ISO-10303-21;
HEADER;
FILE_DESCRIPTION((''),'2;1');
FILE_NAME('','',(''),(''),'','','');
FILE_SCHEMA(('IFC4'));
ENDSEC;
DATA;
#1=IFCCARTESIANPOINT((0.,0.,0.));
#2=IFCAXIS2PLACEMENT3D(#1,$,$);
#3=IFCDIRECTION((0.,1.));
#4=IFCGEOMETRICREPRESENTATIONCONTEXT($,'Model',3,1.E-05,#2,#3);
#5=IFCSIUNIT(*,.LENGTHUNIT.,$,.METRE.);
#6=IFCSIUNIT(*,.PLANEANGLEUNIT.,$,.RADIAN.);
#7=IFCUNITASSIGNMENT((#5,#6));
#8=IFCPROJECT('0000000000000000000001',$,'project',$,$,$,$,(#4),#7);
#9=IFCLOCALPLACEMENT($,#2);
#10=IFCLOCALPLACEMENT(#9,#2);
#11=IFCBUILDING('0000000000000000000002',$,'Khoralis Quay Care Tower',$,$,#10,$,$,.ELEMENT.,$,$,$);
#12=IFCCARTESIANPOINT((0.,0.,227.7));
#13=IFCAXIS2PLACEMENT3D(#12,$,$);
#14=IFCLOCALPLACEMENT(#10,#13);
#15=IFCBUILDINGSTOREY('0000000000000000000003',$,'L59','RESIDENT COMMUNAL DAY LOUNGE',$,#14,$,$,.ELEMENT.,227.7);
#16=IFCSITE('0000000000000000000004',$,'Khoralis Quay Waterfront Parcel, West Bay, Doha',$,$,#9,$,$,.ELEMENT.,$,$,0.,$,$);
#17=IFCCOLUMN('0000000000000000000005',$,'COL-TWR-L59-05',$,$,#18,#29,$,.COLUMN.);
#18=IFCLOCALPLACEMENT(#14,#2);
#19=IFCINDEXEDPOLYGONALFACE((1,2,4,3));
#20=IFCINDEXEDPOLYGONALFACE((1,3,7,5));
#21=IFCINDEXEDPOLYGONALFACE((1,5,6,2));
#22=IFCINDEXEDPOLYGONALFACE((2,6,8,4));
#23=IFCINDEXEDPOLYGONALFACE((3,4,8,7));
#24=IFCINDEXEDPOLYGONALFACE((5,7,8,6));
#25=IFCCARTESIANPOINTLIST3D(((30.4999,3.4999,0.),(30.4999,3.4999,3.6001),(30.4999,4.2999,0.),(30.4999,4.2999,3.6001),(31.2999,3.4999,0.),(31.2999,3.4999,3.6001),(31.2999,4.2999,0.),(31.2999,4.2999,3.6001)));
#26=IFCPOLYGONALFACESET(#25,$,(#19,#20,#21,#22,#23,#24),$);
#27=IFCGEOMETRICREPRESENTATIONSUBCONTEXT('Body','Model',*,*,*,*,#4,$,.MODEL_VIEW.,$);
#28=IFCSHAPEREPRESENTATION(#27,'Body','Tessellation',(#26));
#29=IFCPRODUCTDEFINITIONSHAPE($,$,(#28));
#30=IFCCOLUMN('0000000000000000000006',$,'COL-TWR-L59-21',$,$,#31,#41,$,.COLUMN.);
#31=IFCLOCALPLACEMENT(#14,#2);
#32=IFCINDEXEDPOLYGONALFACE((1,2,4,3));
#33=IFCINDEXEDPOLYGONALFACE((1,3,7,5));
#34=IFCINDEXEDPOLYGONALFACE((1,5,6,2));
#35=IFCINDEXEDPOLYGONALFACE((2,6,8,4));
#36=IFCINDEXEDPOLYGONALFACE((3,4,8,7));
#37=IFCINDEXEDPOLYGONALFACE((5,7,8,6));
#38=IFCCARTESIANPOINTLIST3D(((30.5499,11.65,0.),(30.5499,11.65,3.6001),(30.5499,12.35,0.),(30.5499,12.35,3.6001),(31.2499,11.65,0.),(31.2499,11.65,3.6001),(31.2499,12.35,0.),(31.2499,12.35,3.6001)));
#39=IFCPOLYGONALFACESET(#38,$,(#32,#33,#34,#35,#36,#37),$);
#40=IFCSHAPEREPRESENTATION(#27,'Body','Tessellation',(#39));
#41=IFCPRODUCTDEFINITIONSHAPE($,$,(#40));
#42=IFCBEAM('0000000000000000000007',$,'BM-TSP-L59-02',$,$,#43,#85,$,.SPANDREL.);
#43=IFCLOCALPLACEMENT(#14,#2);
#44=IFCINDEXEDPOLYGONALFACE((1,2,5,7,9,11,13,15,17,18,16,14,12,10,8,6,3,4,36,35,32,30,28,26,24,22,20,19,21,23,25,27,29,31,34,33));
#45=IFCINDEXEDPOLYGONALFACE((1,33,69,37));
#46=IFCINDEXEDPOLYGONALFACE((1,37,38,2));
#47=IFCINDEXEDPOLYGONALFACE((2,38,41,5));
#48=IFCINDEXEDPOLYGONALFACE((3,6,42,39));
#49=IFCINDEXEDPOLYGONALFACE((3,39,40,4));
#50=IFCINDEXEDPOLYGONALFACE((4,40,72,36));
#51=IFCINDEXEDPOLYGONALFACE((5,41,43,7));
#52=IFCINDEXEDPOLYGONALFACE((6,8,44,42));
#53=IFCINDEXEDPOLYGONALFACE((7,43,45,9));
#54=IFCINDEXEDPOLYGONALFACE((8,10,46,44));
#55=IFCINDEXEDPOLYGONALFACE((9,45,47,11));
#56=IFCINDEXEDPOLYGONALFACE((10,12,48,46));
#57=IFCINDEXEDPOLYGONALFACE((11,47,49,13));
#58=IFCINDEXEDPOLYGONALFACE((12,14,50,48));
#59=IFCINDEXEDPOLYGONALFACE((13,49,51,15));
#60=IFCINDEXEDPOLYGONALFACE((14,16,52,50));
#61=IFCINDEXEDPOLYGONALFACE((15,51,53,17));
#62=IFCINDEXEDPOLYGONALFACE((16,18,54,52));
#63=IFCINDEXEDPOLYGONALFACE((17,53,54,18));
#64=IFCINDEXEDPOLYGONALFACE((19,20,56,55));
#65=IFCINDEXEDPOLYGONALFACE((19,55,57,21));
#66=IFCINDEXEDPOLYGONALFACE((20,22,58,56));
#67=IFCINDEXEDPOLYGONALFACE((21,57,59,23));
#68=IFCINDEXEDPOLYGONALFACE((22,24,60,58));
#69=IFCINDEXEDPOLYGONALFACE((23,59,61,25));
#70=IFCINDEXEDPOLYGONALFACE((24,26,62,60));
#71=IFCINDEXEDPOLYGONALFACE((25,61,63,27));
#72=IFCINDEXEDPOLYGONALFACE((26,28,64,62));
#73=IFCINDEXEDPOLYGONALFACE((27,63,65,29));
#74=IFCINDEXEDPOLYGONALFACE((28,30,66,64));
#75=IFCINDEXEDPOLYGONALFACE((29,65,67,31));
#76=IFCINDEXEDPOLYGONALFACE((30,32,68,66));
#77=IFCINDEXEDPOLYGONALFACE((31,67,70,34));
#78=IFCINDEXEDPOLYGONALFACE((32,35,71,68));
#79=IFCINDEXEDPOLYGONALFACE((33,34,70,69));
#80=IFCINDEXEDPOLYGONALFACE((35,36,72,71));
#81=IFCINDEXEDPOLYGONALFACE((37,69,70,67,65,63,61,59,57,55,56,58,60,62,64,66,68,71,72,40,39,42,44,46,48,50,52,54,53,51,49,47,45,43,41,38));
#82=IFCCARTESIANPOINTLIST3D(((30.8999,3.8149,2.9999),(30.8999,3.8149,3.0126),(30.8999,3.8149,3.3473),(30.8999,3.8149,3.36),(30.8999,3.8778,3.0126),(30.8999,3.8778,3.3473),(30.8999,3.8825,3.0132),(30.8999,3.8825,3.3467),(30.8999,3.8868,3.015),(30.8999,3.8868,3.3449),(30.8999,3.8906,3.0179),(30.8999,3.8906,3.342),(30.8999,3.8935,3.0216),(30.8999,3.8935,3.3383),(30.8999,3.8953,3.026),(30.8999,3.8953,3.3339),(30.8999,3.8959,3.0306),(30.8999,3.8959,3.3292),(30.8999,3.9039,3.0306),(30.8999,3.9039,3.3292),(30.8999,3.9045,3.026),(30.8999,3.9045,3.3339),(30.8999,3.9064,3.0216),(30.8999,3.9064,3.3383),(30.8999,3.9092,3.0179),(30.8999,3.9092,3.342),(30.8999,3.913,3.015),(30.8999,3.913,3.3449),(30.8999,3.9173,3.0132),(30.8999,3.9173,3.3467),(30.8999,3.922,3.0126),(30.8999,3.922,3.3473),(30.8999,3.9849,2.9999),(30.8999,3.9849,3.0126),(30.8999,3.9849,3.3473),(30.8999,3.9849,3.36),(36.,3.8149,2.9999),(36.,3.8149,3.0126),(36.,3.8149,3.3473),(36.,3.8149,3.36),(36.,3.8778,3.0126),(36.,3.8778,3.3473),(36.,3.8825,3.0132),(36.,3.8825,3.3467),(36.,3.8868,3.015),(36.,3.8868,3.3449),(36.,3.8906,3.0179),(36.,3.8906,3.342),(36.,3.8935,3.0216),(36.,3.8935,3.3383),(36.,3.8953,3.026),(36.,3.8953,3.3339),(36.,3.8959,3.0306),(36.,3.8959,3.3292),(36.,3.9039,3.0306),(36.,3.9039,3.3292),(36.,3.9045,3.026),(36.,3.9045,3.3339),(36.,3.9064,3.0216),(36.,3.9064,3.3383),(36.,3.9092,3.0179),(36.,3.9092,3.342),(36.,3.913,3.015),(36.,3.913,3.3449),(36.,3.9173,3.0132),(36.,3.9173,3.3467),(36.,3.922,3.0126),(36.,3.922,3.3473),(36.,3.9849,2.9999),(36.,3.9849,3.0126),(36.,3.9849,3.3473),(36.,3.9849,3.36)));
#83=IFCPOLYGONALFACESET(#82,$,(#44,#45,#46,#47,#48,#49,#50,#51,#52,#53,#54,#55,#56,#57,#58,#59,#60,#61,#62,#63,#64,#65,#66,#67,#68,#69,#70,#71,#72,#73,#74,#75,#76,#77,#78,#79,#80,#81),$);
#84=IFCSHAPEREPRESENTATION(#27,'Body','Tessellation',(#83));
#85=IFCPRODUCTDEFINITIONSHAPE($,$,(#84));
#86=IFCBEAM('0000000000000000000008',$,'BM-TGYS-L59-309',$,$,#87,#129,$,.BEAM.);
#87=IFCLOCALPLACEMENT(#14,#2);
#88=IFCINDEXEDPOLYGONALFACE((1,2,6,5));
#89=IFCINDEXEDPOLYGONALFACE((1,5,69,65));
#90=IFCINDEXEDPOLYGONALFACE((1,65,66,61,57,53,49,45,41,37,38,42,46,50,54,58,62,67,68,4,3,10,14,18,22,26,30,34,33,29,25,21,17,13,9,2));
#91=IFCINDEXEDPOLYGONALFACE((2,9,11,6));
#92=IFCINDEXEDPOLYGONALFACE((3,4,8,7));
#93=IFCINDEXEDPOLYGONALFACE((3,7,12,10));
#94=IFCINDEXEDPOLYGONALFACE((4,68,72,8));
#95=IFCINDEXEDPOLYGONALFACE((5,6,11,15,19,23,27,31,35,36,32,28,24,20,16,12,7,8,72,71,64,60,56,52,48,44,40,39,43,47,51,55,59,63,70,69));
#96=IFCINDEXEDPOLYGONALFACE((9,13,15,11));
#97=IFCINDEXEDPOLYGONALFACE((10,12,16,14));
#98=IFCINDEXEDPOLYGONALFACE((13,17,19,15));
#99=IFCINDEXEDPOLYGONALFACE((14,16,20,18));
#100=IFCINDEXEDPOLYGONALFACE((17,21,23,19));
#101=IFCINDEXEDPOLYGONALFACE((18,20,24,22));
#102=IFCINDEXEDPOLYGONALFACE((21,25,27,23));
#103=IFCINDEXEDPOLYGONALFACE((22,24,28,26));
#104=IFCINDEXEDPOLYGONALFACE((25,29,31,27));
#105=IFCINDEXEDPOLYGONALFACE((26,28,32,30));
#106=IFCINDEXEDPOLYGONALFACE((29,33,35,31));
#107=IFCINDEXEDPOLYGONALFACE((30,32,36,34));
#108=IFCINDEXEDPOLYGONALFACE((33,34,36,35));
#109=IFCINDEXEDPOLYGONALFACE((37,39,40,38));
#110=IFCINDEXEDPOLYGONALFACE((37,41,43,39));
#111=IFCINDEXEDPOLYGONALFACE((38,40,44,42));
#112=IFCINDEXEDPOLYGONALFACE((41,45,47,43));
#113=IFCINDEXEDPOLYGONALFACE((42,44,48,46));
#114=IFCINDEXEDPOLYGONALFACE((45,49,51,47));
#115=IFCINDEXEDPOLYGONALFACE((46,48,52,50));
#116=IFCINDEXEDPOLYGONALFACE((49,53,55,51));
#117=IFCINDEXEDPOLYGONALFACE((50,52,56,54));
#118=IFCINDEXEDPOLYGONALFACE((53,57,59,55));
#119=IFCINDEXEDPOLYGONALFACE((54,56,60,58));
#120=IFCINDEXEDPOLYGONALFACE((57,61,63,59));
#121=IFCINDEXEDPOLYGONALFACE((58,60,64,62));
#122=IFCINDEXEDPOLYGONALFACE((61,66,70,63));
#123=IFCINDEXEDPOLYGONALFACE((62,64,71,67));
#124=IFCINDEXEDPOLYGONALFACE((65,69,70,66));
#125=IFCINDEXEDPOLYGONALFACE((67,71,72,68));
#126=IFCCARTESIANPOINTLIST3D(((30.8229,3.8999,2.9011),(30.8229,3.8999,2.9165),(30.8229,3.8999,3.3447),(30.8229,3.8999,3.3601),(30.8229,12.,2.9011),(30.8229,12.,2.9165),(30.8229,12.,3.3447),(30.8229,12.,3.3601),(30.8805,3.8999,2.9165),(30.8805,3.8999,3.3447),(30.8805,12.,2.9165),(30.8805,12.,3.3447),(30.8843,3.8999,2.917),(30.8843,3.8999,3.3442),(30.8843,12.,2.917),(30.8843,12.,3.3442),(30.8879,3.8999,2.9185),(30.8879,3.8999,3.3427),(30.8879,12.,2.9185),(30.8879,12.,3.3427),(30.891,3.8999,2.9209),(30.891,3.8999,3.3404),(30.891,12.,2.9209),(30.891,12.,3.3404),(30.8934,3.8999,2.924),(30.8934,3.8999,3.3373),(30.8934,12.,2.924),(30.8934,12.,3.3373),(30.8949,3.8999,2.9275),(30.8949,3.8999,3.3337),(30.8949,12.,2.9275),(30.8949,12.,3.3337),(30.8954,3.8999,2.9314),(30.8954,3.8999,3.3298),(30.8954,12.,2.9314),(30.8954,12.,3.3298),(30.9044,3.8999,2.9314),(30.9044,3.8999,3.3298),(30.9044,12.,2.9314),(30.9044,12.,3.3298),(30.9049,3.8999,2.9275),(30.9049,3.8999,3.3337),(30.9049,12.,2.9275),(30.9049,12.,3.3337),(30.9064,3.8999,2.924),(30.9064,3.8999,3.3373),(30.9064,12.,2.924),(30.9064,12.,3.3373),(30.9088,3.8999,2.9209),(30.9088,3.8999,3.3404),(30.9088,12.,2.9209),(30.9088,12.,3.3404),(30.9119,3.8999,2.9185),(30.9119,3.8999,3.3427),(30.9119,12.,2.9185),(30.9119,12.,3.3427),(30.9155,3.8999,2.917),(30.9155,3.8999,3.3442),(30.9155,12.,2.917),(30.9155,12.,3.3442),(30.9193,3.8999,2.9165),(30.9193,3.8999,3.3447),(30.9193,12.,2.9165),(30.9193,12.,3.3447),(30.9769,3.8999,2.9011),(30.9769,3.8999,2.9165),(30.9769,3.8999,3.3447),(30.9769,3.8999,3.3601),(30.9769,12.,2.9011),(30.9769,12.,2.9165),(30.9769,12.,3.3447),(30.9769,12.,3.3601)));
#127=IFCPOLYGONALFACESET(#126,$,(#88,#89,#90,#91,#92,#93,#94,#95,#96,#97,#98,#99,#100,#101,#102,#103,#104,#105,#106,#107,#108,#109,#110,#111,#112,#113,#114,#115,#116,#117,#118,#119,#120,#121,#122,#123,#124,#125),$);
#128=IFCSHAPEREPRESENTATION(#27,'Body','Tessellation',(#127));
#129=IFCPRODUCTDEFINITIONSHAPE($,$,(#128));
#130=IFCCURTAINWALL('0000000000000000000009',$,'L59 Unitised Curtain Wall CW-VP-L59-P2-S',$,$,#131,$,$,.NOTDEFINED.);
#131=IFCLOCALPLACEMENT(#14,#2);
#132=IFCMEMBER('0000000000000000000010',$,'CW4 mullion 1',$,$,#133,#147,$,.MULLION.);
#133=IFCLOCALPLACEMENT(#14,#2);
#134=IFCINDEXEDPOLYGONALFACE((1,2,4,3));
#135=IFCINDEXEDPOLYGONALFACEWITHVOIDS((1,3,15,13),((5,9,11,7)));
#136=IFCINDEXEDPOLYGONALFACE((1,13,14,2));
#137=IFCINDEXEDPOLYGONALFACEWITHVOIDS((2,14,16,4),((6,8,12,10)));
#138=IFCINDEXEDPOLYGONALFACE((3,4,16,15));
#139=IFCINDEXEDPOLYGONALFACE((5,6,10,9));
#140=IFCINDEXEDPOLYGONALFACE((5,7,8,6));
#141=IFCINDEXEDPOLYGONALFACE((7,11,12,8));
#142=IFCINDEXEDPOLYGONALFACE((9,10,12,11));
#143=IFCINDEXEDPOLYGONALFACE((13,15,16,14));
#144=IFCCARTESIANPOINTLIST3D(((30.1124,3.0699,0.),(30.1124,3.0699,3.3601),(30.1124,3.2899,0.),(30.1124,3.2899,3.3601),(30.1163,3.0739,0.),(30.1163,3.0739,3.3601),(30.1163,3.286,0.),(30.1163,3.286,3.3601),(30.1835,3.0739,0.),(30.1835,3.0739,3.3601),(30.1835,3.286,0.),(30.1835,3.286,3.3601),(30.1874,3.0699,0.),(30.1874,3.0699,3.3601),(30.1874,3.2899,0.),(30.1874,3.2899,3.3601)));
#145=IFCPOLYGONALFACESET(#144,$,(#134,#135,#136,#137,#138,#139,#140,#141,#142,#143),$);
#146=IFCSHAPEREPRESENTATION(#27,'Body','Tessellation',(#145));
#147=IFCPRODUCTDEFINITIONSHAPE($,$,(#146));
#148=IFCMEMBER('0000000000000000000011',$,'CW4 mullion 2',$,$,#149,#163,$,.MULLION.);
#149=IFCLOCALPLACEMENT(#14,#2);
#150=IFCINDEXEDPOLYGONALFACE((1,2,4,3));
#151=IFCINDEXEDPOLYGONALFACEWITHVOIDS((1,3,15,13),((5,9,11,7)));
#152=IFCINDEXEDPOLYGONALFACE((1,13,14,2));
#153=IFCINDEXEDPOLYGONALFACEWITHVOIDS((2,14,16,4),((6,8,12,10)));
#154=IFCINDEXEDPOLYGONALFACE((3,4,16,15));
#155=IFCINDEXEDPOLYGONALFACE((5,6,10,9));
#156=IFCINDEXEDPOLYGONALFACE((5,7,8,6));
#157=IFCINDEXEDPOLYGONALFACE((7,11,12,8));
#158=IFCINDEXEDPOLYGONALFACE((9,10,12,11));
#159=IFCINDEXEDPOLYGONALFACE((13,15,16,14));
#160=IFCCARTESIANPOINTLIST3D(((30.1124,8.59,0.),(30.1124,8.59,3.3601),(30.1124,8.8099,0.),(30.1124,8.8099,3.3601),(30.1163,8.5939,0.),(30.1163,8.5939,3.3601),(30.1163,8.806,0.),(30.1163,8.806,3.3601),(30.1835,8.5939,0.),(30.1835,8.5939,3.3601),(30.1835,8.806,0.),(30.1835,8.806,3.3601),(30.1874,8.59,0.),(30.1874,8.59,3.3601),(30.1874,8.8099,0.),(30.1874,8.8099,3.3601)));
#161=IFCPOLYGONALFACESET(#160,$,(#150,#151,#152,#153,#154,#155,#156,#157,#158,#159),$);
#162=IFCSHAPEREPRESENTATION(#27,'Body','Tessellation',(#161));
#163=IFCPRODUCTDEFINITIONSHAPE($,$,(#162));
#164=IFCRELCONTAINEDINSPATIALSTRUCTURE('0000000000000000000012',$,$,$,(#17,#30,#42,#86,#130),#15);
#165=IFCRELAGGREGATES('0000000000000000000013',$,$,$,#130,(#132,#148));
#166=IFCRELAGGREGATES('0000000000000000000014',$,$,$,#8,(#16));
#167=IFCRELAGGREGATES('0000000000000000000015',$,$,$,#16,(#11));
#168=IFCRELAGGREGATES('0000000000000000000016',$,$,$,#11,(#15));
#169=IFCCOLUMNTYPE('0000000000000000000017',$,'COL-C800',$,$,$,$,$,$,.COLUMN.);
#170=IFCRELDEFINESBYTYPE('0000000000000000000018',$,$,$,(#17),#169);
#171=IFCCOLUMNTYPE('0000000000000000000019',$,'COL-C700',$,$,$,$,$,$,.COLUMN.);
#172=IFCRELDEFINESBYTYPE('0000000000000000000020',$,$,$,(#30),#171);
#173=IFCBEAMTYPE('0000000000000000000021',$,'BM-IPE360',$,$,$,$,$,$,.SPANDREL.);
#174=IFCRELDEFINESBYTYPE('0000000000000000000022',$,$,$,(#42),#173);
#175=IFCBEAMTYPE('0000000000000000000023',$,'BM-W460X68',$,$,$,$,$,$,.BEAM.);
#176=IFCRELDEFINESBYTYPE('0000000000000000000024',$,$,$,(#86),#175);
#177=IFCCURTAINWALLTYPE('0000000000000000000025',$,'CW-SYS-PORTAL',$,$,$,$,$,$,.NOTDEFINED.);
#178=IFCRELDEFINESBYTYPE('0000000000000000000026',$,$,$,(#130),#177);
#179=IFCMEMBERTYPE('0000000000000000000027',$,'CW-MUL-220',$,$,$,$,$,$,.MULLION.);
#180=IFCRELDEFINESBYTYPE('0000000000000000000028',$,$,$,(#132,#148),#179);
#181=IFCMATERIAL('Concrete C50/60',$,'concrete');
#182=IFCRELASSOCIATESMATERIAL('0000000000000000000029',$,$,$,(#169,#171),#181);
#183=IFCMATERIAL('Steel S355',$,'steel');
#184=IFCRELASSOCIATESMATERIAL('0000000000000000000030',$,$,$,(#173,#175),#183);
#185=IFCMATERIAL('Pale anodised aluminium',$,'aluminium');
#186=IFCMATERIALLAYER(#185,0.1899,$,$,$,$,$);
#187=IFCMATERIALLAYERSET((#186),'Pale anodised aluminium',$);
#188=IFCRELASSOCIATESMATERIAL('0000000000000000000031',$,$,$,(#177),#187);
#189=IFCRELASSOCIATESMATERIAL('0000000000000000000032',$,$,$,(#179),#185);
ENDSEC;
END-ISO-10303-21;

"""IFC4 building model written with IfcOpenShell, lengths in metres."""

from ifc_helpers import new_model, si_unit, direction, frame, origin, origin_2d, place, context, subcontext, project, spatial, rectangle, hollow_rectangle, i_section, extrude, source, transform, mapped, material, layer, layer_set, material_profile, profile_set, type_object, element, aggregate, save


model = new_model("IFC4")

# Units and contexts
model_context = context("Model", 3, precision=1e-05, world=origin(), true_north=direction((0.0, 1.0)))
body_context = subcontext(model_context, "Body", "Model", "MODEL_VIEW")
ifc_project = project(units=[si_unit("LENGTHUNIT", "METRE"), si_unit("PLANEANGLEUNIT", "RADIAN")], contexts=[model_context])

# Site, building, storey
site_placement = place(None, origin())
site = spatial("IfcSite", under=ifc_project, at=site_placement, Name="Khoralis Quay Waterfront Parcel, West Bay, Doha", CompositionType="ELEMENT", RefElevation=0.0)
building_placement = place(site_placement, origin())
building = spatial("IfcBuilding", under=site, at=building_placement, Name="Khoralis Quay Care Tower", CompositionType="ELEMENT")
storey_placement = place(building_placement, frame((0.0, 0.0, 227.7)))
storey = spatial("IfcBuildingStorey", under=building, at=storey_placement, Name="L59", Description="RESIDENT COMMUNAL DAY LOUNGE", CompositionType="ELEMENT", Elevation=227.7)

# Columns
ifc_material_1 = material(Name="Concrete C50/60", Category="concrete")
ifc_material_profile_1 = material_profile(ifc_material_1, rectangle(XDim=0.8, YDim=0.8, at=origin_2d()), Name="Concrete C50/60")
ifc_profile_set_1 = profile_set([ifc_material_profile_1], Name="Concrete C50/60")
column_type_1 = type_object("IfcColumnType", Name="COL-C800", PredefinedType="COLUMN", material=ifc_profile_set_1)
shared_shape_1 = source(origin(), body_context, "Body", "SweptSolid", [
    extrude(rectangle(XDim=0.8, YDim=0.8, at=origin_2d()), origin(), (0.0, 0.0, 1.0), 3.6001),
])
column_1_placement = place(storey_placement, frame((30.8999, 3.8999, 0.0), z_axis=(0.0, 0.0, 1.0), x_axis=(1.0, 0.0, 0.0)))
element("IfcColumn", 1, at=column_1_placement, inside=storey, type_object=column_type_1, Name="COL-TWR-L59-05", PredefinedType="COLUMN", context=body_context, shape_type="MappedRepresentation", body=[
    mapped(shared_shape_1, transform((0.0, 0.0, 0.0), scale=1.0)),
])
ifc_material_profile_2 = material_profile(ifc_material_1, rectangle(XDim=0.7, YDim=0.7, at=origin_2d()), Name="Concrete C50/60")
ifc_profile_set_2 = profile_set([ifc_material_profile_2], Name="Concrete C50/60")
column_type_2 = type_object("IfcColumnType", Name="COL-C700", PredefinedType="COLUMN", material=ifc_profile_set_2)
shared_shape_2 = source(origin(), body_context, "Body", "SweptSolid", [
    extrude(rectangle(XDim=0.7, YDim=0.7, at=origin_2d()), origin(), (0.0, 0.0, 1.0), 3.6001),
])
column_2_placement = place(storey_placement, frame((30.8999, 12.0, 0.0), z_axis=(0.0, 0.0, 1.0), x_axis=(1.0, 0.0, 0.0)))
element("IfcColumn", 2, at=column_2_placement, inside=storey, type_object=column_type_2, Name="COL-TWR-L59-21", PredefinedType="COLUMN", context=body_context, shape_type="MappedRepresentation", body=[
    mapped(shared_shape_2, transform((0.0, 0.0, 0.0), scale=1.0)),
])

# Beams
ifc_material_2 = material(Name="Steel S355", Category="steel")
ifc_material_profile_3 = material_profile(ifc_material_2, i_section(OverallWidth=0.1699, OverallDepth=0.3601, WebThickness=0.0081, FlangeThickness=0.0127, FilletRadius=0.0181, at=origin_2d()), Name="Steel S355")
ifc_profile_set_3 = profile_set([ifc_material_profile_3], Name="Steel S355")
beam_type_1 = type_object("IfcBeamType", Name="BM-IPE360", PredefinedType="SPANDREL", material=ifc_profile_set_3)
shared_shape_3 = source(origin(), body_context, "Body", "SweptSolid", [
    extrude(i_section(OverallWidth=0.1699, OverallDepth=0.3601, WebThickness=0.0081, FlangeThickness=0.0127, FilletRadius=0.0181, at=origin_2d()), origin(), (0.0, 0.0, 1.0), 5.1001),
])
beam_1_placement = place(storey_placement, frame((30.8999, 3.8999, 3.1799), z_axis=(1.0, 0.0, 0.0), x_axis=(0.0, 1.0, 0.0)))
element("IfcBeam", 3, at=beam_1_placement, inside=storey, type_object=beam_type_1, Name="BM-TSP-L59-02", PredefinedType="SPANDREL", context=body_context, shape_type="MappedRepresentation", body=[
    mapped(shared_shape_3, transform((0.0, 0.0, 0.0), scale=1.0)),
])
ifc_material_profile_4 = material_profile(ifc_material_2, i_section(OverallWidth=0.1541, OverallDepth=0.459, WebThickness=0.009, FlangeThickness=0.0154, FilletRadius=0.0149, at=origin_2d()), Name="Steel S355")
ifc_profile_set_4 = profile_set([ifc_material_profile_4], Name="Steel S355")
beam_type_2 = type_object("IfcBeamType", Name="BM-W460X68", PredefinedType="BEAM", material=ifc_profile_set_4)
shared_shape_4 = source(origin(), body_context, "Body", "SweptSolid", [
    extrude(i_section(OverallWidth=0.1541, OverallDepth=0.459, WebThickness=0.009, FlangeThickness=0.0154, FilletRadius=0.0149, at=origin_2d()), origin(), (0.0, 0.0, 1.0), 8.1001),
])
beam_2_placement = place(storey_placement, frame((30.8999, 3.8999, 3.1306), z_axis=(0.0, 1.0, 0.0), x_axis=(-1.0, 0.0, 0.0)))
element("IfcBeam", 4, at=beam_2_placement, inside=storey, type_object=beam_type_2, Name="BM-TGYS-L59-309", PredefinedType="BEAM", context=body_context, shape_type="MappedRepresentation", body=[
    mapped(shared_shape_4, transform((0.0, 0.0, 0.0), scale=1.0)),
])

# Curtain wall, members
ifc_material_3 = material(Name="Pale anodised aluminium", Category="aluminium")
ifc_layer_1 = layer(ifc_material_3, 0.1899)
ifc_layer_set_1 = layer_set([ifc_layer_1], Name="Pale anodised aluminium")
curtain_wall_type = type_object("IfcCurtainWallType", Name="CW-SYS-PORTAL", PredefinedType="NOTDEFINED", material=ifc_layer_set_1)
curtain_wall_placement = place(storey_placement, origin())
curtain_wall = element("IfcCurtainWall", 5, at=curtain_wall_placement, inside=storey, type_object=curtain_wall_type, Name="L59 Unitised Curtain Wall CW-VP-L59-P2-S", PredefinedType="NOTDEFINED")
ifc_material_profile_5 = material_profile(ifc_material_3, hollow_rectangle(XDim=0.075, YDim=0.22, WallThickness=0.0039, at=origin_2d()), Name="Pale anodised aluminium")
ifc_profile_set_5 = profile_set([ifc_material_profile_5], Name="Pale anodised aluminium")
member_type_1 = type_object("IfcMemberType", Name="CW-MUL-220", PredefinedType="MULLION", material=ifc_profile_set_5)
shared_shape_5 = source(origin(), body_context, "Body", "SweptSolid", [
    extrude(hollow_rectangle(XDim=0.075, YDim=0.22, WallThickness=0.0039, at=origin_2d()), origin(), (0.0, 0.0, 1.0), 3.3601),
])
member_1_placement = place(storey_placement, frame((30.1499, 3.1799, 0.0), z_axis=(0.0, 0.0, 1.0), x_axis=(-1.0, 0.0, 0.0)))
member_1 = element("IfcMember", 6, at=member_1_placement, type_object=member_type_1, Name="CW4 mullion 1", PredefinedType="MULLION", context=body_context, shape_type="MappedRepresentation", body=[
    mapped(shared_shape_5, transform((0.0, 0.0, 0.0), scale=1.0)),
])
member_2_placement = place(storey_placement, frame((30.1499, 8.7, 0.0), z_axis=(0.0, 0.0, 1.0), x_axis=(-1.0, 0.0, 0.0)))
member_2 = element("IfcMember", 7, at=member_2_placement, type_object=member_type_1, Name="CW4 mullion 2", PredefinedType="MULLION", context=body_context, shape_type="MappedRepresentation", body=[
    mapped(shared_shape_5, transform((0.0, 0.0, 0.0), scale=1.0)),
])
aggregate(curtain_wall, [member_1, member_2])

save(model, "model.ifc")
